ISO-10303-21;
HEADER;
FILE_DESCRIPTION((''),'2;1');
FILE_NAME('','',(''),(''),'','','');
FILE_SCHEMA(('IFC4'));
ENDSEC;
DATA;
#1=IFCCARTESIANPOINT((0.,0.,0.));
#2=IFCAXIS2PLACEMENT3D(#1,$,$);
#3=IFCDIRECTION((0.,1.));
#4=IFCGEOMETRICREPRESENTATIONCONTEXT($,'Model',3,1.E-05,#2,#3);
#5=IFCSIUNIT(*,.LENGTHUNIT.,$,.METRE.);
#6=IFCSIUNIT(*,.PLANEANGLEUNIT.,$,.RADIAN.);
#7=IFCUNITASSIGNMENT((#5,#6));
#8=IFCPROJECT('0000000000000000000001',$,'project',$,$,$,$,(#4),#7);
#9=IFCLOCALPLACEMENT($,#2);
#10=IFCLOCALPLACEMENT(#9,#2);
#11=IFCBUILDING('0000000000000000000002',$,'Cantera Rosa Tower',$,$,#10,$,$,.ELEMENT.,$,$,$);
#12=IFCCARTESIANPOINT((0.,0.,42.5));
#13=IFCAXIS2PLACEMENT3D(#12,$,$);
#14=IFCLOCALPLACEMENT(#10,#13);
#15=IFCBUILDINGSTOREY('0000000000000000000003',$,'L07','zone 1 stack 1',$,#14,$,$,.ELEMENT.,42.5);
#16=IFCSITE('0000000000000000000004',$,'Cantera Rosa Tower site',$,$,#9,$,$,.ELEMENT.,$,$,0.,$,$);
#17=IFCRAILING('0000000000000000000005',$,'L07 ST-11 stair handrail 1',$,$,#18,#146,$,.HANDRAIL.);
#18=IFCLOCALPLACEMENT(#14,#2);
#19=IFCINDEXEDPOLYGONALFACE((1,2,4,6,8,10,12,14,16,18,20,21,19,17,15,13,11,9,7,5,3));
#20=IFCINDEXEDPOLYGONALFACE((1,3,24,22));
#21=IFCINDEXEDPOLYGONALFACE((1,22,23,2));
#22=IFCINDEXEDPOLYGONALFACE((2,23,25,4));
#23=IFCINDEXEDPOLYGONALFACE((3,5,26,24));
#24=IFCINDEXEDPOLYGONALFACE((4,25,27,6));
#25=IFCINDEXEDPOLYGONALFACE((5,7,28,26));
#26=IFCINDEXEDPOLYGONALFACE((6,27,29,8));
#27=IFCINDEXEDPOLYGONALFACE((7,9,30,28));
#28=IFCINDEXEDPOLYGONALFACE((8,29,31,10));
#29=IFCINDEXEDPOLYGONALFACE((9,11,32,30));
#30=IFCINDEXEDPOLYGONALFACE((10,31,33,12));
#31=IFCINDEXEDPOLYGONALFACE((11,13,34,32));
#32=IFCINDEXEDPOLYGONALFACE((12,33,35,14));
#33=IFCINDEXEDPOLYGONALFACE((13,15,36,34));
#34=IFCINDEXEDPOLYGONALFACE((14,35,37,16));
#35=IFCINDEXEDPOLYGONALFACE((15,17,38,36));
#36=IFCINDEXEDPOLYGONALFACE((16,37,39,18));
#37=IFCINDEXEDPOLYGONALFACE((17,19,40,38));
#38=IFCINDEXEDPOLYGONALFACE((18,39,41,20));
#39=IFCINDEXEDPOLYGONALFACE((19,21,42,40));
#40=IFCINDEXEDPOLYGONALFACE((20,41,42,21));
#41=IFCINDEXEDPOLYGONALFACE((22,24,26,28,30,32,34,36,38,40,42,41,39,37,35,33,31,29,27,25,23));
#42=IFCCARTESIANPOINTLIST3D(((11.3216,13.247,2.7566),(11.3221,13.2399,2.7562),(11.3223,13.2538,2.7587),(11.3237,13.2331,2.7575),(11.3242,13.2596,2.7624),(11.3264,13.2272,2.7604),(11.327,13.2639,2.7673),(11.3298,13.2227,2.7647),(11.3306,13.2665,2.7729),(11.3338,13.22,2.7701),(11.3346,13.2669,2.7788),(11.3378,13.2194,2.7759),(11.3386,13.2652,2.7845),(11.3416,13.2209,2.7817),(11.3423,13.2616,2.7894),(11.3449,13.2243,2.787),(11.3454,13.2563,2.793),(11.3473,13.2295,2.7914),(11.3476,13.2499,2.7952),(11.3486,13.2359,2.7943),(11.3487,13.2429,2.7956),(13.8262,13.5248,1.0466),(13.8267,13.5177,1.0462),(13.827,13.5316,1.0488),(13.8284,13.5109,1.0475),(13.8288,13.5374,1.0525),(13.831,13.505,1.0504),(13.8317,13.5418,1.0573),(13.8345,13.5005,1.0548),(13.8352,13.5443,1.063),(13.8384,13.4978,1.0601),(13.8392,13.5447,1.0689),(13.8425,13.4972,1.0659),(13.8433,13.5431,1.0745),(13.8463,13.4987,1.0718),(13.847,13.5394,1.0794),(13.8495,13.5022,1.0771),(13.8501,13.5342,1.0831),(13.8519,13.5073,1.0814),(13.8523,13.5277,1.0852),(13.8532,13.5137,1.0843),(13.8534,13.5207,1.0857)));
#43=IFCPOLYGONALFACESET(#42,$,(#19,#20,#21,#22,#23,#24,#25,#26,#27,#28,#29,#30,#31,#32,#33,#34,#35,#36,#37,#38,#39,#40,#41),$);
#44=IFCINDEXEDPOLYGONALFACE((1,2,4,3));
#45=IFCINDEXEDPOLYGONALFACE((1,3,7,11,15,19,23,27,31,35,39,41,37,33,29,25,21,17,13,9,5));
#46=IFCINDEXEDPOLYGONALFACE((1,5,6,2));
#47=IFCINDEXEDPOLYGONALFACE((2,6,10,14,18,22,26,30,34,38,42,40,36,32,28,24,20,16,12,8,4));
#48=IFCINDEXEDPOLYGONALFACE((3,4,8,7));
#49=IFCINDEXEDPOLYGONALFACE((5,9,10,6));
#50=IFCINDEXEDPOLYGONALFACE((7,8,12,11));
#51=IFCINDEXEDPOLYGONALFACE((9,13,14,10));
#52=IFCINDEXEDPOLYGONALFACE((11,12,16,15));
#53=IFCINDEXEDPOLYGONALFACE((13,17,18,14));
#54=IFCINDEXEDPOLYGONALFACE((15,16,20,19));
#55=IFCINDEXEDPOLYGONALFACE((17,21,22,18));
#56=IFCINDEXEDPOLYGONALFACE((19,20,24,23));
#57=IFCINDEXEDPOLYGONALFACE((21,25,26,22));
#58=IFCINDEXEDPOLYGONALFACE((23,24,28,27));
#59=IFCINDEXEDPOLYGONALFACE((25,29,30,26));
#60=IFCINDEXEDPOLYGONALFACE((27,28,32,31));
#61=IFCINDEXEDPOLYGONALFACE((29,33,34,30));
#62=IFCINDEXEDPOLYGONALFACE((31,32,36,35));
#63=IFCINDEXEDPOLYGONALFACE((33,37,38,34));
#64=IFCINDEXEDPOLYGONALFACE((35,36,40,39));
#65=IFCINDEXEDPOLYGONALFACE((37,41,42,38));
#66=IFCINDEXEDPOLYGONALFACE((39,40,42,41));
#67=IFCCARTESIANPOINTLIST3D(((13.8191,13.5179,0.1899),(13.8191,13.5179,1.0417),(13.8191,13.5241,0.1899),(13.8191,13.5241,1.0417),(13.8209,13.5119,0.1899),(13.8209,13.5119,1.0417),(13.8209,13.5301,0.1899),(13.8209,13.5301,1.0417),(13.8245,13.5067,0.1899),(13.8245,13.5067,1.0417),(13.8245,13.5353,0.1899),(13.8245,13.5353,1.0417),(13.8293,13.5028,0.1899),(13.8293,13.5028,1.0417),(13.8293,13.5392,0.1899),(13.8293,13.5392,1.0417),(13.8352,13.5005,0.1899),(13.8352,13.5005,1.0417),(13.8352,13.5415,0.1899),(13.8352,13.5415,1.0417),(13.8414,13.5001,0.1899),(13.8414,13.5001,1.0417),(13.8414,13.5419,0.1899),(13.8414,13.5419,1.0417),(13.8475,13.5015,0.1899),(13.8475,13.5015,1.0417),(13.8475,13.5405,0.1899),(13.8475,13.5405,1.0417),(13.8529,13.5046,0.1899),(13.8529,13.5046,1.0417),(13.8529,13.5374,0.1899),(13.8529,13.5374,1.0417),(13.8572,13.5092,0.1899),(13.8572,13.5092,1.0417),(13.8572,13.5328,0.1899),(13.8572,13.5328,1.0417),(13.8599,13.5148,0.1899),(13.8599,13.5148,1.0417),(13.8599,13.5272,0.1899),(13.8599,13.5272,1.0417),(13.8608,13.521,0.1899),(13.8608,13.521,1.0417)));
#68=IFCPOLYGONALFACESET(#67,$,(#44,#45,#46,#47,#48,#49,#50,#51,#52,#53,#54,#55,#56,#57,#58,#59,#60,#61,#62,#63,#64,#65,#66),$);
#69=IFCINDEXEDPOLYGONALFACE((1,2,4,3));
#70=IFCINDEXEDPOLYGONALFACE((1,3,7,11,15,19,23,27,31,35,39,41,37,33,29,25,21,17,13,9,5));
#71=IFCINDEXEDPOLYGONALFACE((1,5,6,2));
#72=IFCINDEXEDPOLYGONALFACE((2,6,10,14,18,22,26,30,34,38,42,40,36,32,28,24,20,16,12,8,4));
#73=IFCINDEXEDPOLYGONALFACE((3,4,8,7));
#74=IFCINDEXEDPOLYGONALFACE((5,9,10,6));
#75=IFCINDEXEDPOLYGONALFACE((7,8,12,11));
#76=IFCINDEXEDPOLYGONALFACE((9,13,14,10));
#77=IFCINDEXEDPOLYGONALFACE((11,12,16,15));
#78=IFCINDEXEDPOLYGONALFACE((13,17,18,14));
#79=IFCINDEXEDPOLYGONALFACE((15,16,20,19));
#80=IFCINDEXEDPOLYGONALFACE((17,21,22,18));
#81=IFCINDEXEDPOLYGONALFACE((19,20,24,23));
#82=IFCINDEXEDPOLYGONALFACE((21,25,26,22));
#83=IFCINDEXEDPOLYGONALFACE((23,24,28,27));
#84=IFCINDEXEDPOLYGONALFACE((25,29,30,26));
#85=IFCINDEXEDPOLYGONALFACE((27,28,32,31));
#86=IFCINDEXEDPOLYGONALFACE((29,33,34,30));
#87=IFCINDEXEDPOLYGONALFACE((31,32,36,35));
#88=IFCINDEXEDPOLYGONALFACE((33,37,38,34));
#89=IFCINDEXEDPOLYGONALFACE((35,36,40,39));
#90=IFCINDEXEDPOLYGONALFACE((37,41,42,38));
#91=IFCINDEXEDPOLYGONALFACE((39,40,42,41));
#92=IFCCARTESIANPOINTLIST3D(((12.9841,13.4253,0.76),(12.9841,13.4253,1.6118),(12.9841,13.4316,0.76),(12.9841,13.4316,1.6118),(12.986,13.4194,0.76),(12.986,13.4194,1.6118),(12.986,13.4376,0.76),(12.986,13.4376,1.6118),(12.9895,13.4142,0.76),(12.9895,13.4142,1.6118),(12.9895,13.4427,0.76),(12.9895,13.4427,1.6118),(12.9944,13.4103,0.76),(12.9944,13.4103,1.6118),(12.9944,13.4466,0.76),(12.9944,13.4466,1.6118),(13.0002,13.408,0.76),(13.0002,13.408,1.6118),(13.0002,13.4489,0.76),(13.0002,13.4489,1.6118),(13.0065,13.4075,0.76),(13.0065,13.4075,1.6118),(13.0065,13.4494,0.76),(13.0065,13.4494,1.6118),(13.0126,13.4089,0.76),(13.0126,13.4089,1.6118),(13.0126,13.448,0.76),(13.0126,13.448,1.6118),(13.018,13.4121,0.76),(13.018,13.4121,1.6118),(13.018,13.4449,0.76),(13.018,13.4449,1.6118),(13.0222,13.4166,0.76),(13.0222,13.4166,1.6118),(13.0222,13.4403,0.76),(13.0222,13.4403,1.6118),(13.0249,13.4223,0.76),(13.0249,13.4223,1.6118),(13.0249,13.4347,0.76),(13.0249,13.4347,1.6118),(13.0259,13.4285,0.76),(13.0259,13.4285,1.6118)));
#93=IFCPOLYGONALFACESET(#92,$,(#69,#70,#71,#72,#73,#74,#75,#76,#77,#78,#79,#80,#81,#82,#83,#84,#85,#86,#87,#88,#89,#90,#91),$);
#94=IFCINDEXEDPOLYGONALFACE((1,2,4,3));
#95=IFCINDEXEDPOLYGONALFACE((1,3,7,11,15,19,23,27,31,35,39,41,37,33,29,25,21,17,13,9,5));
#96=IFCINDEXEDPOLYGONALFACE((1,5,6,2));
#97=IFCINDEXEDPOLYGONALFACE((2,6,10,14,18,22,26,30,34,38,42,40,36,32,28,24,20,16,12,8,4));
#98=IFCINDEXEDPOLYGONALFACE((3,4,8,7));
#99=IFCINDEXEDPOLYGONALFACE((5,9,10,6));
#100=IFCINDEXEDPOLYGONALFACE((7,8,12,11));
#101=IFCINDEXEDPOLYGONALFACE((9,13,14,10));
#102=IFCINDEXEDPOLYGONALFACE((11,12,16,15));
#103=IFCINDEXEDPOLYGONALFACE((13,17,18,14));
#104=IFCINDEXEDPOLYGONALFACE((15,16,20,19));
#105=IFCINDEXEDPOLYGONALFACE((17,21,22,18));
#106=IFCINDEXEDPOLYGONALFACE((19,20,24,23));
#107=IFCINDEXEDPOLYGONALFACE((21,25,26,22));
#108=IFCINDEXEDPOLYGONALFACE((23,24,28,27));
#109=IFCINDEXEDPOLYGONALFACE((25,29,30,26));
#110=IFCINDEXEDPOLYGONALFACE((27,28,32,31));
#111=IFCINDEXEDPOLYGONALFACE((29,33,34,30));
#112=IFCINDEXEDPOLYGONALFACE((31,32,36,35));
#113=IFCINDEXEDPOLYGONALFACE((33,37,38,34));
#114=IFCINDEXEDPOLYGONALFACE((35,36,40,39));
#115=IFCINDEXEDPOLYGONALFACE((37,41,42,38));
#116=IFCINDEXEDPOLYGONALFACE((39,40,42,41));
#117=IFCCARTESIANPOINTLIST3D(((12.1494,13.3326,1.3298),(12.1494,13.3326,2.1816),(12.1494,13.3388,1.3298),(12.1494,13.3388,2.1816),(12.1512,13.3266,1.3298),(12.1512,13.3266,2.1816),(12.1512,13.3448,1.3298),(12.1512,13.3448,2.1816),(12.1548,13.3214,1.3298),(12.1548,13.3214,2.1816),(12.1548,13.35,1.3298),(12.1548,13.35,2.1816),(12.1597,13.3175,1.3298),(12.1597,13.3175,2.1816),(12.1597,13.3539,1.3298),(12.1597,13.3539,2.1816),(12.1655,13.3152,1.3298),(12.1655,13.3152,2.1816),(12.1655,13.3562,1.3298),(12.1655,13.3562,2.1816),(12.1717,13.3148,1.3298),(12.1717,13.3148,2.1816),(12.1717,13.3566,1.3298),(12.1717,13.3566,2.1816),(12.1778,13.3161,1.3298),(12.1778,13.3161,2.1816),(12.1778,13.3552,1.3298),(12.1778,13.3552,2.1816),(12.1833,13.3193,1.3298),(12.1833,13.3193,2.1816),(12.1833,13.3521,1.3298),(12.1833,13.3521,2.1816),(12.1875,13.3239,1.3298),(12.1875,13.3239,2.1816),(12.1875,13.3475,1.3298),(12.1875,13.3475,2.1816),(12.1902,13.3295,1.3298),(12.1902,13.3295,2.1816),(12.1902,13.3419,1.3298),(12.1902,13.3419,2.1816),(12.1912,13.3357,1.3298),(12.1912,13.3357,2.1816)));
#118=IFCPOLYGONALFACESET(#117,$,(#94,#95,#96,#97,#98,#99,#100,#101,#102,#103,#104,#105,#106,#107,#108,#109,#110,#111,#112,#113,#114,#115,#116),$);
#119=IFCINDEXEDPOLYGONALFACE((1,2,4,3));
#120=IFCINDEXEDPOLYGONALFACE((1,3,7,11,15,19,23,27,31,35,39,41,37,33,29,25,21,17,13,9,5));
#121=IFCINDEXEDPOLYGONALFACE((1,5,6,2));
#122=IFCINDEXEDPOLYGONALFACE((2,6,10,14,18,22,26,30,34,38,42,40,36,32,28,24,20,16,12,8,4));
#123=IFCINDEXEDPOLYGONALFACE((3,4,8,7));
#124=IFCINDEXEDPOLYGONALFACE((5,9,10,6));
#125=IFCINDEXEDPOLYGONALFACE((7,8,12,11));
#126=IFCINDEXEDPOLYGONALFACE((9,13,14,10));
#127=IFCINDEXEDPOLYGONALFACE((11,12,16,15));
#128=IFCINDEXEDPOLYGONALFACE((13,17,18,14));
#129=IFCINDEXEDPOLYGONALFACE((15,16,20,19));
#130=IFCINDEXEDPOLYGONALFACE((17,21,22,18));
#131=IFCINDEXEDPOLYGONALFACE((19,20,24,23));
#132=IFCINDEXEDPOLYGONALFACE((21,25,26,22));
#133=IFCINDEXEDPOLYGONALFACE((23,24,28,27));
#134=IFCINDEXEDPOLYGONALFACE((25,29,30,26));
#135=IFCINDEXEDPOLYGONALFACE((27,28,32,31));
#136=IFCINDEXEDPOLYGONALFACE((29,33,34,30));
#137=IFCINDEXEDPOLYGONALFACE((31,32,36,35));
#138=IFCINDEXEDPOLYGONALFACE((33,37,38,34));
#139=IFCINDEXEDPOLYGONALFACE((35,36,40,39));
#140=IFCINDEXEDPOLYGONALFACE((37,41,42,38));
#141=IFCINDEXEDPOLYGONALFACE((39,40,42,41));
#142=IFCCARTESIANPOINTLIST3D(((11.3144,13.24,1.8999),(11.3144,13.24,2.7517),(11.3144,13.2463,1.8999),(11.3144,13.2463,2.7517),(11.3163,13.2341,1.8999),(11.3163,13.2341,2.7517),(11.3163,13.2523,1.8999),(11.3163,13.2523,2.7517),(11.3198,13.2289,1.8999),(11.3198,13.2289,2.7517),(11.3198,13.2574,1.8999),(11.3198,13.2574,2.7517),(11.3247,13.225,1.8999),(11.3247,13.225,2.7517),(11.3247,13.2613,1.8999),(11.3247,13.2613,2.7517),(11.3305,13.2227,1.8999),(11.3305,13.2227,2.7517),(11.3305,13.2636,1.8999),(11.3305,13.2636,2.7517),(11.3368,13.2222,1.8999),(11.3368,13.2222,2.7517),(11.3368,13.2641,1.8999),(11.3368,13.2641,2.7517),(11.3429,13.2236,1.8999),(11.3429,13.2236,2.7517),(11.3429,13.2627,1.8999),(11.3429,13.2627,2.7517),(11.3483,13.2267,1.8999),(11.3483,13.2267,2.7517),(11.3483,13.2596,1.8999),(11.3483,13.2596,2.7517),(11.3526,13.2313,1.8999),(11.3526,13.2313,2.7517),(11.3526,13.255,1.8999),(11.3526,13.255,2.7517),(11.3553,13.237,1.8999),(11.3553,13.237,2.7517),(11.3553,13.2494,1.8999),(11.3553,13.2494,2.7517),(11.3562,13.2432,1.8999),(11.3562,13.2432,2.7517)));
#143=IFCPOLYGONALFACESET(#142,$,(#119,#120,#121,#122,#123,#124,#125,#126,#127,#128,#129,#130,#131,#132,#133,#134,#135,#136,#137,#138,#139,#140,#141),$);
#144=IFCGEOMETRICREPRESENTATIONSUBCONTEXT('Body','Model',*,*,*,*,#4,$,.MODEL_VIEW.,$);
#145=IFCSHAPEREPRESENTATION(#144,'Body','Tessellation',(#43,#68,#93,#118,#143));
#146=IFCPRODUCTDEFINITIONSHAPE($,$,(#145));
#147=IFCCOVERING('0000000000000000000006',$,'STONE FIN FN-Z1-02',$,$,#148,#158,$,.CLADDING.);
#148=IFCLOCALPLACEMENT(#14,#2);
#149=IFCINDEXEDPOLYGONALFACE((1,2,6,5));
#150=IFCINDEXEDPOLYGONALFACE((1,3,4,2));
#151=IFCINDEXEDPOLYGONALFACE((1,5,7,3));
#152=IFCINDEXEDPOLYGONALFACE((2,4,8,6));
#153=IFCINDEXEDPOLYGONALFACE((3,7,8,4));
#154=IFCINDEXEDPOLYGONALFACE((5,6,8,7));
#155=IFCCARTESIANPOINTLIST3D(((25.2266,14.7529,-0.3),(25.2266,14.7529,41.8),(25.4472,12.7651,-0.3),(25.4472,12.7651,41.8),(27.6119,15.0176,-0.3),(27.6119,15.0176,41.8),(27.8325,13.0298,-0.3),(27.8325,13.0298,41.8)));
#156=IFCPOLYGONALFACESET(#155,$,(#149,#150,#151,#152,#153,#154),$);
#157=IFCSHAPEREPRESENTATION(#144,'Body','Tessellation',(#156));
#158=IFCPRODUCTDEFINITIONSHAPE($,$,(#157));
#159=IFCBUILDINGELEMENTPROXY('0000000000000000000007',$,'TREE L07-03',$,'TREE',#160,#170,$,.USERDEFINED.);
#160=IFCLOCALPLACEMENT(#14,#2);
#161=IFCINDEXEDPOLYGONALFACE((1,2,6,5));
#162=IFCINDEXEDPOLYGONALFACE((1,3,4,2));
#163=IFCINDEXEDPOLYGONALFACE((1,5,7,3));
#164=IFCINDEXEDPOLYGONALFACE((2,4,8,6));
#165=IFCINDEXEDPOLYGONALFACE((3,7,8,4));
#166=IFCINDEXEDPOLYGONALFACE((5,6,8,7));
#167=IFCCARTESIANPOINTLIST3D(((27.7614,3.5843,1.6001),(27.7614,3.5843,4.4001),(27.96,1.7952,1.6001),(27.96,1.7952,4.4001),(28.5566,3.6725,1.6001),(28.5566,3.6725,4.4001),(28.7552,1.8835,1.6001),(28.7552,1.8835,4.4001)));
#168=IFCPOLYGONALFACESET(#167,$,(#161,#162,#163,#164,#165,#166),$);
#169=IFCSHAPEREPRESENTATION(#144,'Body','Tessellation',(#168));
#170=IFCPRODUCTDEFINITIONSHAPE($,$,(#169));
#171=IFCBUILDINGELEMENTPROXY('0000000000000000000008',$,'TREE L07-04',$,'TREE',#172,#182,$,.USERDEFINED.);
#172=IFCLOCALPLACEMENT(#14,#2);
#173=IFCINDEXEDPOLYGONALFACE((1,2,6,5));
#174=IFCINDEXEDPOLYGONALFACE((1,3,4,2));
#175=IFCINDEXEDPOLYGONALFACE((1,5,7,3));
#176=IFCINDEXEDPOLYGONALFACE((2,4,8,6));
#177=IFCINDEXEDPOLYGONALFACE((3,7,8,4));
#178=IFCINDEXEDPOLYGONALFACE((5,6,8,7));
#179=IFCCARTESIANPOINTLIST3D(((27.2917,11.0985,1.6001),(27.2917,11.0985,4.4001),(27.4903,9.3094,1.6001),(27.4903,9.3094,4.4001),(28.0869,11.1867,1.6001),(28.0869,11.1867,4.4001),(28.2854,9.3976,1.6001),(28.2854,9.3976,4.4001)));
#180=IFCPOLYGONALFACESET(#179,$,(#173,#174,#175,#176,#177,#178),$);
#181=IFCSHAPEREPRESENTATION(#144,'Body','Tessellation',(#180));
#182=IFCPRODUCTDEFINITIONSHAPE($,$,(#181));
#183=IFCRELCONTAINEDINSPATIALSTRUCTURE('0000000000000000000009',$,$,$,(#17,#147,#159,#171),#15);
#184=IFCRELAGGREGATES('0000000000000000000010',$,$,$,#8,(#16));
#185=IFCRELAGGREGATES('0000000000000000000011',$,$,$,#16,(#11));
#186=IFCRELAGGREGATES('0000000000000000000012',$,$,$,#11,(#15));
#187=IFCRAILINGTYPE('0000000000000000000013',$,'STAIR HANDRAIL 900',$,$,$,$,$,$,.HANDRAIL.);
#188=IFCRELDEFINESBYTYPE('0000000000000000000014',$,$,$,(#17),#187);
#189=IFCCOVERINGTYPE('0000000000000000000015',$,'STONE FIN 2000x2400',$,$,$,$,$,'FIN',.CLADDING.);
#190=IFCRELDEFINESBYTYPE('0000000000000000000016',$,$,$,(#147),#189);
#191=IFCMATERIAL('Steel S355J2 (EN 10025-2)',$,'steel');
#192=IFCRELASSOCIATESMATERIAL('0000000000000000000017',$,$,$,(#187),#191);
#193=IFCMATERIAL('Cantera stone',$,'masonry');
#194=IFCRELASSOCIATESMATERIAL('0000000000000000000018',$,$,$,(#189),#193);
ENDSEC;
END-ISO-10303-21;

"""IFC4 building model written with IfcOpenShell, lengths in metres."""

from ifc_helpers import new_model, si_unit, direction, frame, origin, origin_2d, place, context, subcontext, project, spatial, rectangle, circle, extrude, material, type_object, element, save


model = new_model("IFC4")

# Units and contexts
model_context = context("Model", 3, precision=1e-05, world=origin(), true_north=direction((0.0, 1.0)))
body_context = subcontext(model_context, "Body", "Model", "MODEL_VIEW")
ifc_project = project(units=[si_unit("LENGTHUNIT", "METRE"), si_unit("PLANEANGLEUNIT", "RADIAN")], contexts=[model_context])

# Site, building, storey
site_placement = place(None, origin())
site = spatial("IfcSite", under=ifc_project, at=site_placement, Name="Cantera Rosa Tower site", CompositionType="ELEMENT", RefElevation=0.0)
building_placement = place(site_placement, origin())
building = spatial("IfcBuilding", under=site, at=building_placement, Name="Cantera Rosa Tower", CompositionType="ELEMENT")
storey_placement = place(building_placement, frame((0.0, 0.0, 42.5)))
storey = spatial("IfcBuildingStorey", under=building, at=storey_placement, Name="L07", Description="zone 1 stack 1", CompositionType="ELEMENT", Elevation=42.5)

# Railing
ifc_material_1 = material(Name="Steel S355J2 (EN 10025-2)", Category="steel")
railing_type_1 = type_object("IfcRailingType", Name="STAIR HANDRAIL 900", PredefinedType="HANDRAIL", material=ifc_material_1)
railing_1_placement = place(storey_placement, frame((13.8398, 13.521, 0.1899)))
element("IfcRailing", 1, at=railing_1_placement, inside=storey, type_object=railing_type_1, Name="L07 ST-11 stair handrail 1", PredefinedType="HANDRAIL", context=body_context, shape_type="SweptSolid", body=[
    extrude(circle(Radius=0.0239, at=origin_2d()), frame((0.0, 0.0, 0.876), z_axis=(-0.822437, -0.091231, 0.561492), x_axis=(0.110251, -0.993904, 0.0)), (0.0, 0.0, 1.0), 3.0454),
    extrude(circle(Radius=0.021, at=origin_2d()), origin(), (0.0, 0.0, 1.0), 0.8518),
    extrude(circle(Radius=0.021, at=origin_2d()), frame((-0.835, -0.0925, 0.5701)), (0.0, 0.0, 1.0), 0.8518),
    extrude(circle(Radius=0.021, at=origin_2d()), frame((-1.6697, -0.1853, 1.1399)), (0.0, 0.0, 1.0), 0.8518),
    extrude(circle(Radius=0.021, at=origin_2d()), frame((-2.5046, -0.2778, 1.71)), (0.0, 0.0, 1.0), 0.8518),
])

# Covering
ifc_material_2 = material(Name="Cantera stone", Category="masonry")
covering_type = type_object("IfcCoveringType", Name="STONE FIN 2000x2400", ElementType="FIN", PredefinedType="CLADDING", material=ifc_material_2)
covering_placement = place(storey_placement, frame((26.5295, 13.8914, -0.3), z_axis=(0.0, 0.0, 1.0), x_axis=(-0.110313, 0.993897, 0.0)))
element("IfcCovering", 2, at=covering_placement, inside=storey, type_object=covering_type, Name="STONE FIN FN-Z1-02", PredefinedType="CLADDING", context=body_context, shape_type="SweptSolid", body=[
    extrude(rectangle(XDim=2.0, YDim=2.3999, at=origin_2d()), origin(), (0.0, 0.0, 1.0), 42.1001),
])

# Building element proxies
for number, where, z_axis, x_axis, name in (
    (3, (28.2583, 2.7339, 1.6001), (0.0, 0.0, 1.0), (-0.110313, 0.993897, 0.0), "TREE L07-03"),
    (4, (27.7886, 10.248, 1.6001), (0.0, 0.0, 1.0), (-0.110313, 0.993897, 0.0), "TREE L07-04"),
):
    element("IfcBuildingElementProxy", number, at=place(storey_placement, frame(where, z_axis=z_axis, x_axis=x_axis)), inside=storey, Name=name, ObjectType="TREE", PredefinedType="USERDEFINED", context=body_context, shape_type="SweptSolid", body=[
        extrude(rectangle(XDim=1.8, YDim=0.8, at=origin_2d()), origin(), (0.0, 0.0, 1.0), 2.8),
    ])

save(model, "model.ifc")
